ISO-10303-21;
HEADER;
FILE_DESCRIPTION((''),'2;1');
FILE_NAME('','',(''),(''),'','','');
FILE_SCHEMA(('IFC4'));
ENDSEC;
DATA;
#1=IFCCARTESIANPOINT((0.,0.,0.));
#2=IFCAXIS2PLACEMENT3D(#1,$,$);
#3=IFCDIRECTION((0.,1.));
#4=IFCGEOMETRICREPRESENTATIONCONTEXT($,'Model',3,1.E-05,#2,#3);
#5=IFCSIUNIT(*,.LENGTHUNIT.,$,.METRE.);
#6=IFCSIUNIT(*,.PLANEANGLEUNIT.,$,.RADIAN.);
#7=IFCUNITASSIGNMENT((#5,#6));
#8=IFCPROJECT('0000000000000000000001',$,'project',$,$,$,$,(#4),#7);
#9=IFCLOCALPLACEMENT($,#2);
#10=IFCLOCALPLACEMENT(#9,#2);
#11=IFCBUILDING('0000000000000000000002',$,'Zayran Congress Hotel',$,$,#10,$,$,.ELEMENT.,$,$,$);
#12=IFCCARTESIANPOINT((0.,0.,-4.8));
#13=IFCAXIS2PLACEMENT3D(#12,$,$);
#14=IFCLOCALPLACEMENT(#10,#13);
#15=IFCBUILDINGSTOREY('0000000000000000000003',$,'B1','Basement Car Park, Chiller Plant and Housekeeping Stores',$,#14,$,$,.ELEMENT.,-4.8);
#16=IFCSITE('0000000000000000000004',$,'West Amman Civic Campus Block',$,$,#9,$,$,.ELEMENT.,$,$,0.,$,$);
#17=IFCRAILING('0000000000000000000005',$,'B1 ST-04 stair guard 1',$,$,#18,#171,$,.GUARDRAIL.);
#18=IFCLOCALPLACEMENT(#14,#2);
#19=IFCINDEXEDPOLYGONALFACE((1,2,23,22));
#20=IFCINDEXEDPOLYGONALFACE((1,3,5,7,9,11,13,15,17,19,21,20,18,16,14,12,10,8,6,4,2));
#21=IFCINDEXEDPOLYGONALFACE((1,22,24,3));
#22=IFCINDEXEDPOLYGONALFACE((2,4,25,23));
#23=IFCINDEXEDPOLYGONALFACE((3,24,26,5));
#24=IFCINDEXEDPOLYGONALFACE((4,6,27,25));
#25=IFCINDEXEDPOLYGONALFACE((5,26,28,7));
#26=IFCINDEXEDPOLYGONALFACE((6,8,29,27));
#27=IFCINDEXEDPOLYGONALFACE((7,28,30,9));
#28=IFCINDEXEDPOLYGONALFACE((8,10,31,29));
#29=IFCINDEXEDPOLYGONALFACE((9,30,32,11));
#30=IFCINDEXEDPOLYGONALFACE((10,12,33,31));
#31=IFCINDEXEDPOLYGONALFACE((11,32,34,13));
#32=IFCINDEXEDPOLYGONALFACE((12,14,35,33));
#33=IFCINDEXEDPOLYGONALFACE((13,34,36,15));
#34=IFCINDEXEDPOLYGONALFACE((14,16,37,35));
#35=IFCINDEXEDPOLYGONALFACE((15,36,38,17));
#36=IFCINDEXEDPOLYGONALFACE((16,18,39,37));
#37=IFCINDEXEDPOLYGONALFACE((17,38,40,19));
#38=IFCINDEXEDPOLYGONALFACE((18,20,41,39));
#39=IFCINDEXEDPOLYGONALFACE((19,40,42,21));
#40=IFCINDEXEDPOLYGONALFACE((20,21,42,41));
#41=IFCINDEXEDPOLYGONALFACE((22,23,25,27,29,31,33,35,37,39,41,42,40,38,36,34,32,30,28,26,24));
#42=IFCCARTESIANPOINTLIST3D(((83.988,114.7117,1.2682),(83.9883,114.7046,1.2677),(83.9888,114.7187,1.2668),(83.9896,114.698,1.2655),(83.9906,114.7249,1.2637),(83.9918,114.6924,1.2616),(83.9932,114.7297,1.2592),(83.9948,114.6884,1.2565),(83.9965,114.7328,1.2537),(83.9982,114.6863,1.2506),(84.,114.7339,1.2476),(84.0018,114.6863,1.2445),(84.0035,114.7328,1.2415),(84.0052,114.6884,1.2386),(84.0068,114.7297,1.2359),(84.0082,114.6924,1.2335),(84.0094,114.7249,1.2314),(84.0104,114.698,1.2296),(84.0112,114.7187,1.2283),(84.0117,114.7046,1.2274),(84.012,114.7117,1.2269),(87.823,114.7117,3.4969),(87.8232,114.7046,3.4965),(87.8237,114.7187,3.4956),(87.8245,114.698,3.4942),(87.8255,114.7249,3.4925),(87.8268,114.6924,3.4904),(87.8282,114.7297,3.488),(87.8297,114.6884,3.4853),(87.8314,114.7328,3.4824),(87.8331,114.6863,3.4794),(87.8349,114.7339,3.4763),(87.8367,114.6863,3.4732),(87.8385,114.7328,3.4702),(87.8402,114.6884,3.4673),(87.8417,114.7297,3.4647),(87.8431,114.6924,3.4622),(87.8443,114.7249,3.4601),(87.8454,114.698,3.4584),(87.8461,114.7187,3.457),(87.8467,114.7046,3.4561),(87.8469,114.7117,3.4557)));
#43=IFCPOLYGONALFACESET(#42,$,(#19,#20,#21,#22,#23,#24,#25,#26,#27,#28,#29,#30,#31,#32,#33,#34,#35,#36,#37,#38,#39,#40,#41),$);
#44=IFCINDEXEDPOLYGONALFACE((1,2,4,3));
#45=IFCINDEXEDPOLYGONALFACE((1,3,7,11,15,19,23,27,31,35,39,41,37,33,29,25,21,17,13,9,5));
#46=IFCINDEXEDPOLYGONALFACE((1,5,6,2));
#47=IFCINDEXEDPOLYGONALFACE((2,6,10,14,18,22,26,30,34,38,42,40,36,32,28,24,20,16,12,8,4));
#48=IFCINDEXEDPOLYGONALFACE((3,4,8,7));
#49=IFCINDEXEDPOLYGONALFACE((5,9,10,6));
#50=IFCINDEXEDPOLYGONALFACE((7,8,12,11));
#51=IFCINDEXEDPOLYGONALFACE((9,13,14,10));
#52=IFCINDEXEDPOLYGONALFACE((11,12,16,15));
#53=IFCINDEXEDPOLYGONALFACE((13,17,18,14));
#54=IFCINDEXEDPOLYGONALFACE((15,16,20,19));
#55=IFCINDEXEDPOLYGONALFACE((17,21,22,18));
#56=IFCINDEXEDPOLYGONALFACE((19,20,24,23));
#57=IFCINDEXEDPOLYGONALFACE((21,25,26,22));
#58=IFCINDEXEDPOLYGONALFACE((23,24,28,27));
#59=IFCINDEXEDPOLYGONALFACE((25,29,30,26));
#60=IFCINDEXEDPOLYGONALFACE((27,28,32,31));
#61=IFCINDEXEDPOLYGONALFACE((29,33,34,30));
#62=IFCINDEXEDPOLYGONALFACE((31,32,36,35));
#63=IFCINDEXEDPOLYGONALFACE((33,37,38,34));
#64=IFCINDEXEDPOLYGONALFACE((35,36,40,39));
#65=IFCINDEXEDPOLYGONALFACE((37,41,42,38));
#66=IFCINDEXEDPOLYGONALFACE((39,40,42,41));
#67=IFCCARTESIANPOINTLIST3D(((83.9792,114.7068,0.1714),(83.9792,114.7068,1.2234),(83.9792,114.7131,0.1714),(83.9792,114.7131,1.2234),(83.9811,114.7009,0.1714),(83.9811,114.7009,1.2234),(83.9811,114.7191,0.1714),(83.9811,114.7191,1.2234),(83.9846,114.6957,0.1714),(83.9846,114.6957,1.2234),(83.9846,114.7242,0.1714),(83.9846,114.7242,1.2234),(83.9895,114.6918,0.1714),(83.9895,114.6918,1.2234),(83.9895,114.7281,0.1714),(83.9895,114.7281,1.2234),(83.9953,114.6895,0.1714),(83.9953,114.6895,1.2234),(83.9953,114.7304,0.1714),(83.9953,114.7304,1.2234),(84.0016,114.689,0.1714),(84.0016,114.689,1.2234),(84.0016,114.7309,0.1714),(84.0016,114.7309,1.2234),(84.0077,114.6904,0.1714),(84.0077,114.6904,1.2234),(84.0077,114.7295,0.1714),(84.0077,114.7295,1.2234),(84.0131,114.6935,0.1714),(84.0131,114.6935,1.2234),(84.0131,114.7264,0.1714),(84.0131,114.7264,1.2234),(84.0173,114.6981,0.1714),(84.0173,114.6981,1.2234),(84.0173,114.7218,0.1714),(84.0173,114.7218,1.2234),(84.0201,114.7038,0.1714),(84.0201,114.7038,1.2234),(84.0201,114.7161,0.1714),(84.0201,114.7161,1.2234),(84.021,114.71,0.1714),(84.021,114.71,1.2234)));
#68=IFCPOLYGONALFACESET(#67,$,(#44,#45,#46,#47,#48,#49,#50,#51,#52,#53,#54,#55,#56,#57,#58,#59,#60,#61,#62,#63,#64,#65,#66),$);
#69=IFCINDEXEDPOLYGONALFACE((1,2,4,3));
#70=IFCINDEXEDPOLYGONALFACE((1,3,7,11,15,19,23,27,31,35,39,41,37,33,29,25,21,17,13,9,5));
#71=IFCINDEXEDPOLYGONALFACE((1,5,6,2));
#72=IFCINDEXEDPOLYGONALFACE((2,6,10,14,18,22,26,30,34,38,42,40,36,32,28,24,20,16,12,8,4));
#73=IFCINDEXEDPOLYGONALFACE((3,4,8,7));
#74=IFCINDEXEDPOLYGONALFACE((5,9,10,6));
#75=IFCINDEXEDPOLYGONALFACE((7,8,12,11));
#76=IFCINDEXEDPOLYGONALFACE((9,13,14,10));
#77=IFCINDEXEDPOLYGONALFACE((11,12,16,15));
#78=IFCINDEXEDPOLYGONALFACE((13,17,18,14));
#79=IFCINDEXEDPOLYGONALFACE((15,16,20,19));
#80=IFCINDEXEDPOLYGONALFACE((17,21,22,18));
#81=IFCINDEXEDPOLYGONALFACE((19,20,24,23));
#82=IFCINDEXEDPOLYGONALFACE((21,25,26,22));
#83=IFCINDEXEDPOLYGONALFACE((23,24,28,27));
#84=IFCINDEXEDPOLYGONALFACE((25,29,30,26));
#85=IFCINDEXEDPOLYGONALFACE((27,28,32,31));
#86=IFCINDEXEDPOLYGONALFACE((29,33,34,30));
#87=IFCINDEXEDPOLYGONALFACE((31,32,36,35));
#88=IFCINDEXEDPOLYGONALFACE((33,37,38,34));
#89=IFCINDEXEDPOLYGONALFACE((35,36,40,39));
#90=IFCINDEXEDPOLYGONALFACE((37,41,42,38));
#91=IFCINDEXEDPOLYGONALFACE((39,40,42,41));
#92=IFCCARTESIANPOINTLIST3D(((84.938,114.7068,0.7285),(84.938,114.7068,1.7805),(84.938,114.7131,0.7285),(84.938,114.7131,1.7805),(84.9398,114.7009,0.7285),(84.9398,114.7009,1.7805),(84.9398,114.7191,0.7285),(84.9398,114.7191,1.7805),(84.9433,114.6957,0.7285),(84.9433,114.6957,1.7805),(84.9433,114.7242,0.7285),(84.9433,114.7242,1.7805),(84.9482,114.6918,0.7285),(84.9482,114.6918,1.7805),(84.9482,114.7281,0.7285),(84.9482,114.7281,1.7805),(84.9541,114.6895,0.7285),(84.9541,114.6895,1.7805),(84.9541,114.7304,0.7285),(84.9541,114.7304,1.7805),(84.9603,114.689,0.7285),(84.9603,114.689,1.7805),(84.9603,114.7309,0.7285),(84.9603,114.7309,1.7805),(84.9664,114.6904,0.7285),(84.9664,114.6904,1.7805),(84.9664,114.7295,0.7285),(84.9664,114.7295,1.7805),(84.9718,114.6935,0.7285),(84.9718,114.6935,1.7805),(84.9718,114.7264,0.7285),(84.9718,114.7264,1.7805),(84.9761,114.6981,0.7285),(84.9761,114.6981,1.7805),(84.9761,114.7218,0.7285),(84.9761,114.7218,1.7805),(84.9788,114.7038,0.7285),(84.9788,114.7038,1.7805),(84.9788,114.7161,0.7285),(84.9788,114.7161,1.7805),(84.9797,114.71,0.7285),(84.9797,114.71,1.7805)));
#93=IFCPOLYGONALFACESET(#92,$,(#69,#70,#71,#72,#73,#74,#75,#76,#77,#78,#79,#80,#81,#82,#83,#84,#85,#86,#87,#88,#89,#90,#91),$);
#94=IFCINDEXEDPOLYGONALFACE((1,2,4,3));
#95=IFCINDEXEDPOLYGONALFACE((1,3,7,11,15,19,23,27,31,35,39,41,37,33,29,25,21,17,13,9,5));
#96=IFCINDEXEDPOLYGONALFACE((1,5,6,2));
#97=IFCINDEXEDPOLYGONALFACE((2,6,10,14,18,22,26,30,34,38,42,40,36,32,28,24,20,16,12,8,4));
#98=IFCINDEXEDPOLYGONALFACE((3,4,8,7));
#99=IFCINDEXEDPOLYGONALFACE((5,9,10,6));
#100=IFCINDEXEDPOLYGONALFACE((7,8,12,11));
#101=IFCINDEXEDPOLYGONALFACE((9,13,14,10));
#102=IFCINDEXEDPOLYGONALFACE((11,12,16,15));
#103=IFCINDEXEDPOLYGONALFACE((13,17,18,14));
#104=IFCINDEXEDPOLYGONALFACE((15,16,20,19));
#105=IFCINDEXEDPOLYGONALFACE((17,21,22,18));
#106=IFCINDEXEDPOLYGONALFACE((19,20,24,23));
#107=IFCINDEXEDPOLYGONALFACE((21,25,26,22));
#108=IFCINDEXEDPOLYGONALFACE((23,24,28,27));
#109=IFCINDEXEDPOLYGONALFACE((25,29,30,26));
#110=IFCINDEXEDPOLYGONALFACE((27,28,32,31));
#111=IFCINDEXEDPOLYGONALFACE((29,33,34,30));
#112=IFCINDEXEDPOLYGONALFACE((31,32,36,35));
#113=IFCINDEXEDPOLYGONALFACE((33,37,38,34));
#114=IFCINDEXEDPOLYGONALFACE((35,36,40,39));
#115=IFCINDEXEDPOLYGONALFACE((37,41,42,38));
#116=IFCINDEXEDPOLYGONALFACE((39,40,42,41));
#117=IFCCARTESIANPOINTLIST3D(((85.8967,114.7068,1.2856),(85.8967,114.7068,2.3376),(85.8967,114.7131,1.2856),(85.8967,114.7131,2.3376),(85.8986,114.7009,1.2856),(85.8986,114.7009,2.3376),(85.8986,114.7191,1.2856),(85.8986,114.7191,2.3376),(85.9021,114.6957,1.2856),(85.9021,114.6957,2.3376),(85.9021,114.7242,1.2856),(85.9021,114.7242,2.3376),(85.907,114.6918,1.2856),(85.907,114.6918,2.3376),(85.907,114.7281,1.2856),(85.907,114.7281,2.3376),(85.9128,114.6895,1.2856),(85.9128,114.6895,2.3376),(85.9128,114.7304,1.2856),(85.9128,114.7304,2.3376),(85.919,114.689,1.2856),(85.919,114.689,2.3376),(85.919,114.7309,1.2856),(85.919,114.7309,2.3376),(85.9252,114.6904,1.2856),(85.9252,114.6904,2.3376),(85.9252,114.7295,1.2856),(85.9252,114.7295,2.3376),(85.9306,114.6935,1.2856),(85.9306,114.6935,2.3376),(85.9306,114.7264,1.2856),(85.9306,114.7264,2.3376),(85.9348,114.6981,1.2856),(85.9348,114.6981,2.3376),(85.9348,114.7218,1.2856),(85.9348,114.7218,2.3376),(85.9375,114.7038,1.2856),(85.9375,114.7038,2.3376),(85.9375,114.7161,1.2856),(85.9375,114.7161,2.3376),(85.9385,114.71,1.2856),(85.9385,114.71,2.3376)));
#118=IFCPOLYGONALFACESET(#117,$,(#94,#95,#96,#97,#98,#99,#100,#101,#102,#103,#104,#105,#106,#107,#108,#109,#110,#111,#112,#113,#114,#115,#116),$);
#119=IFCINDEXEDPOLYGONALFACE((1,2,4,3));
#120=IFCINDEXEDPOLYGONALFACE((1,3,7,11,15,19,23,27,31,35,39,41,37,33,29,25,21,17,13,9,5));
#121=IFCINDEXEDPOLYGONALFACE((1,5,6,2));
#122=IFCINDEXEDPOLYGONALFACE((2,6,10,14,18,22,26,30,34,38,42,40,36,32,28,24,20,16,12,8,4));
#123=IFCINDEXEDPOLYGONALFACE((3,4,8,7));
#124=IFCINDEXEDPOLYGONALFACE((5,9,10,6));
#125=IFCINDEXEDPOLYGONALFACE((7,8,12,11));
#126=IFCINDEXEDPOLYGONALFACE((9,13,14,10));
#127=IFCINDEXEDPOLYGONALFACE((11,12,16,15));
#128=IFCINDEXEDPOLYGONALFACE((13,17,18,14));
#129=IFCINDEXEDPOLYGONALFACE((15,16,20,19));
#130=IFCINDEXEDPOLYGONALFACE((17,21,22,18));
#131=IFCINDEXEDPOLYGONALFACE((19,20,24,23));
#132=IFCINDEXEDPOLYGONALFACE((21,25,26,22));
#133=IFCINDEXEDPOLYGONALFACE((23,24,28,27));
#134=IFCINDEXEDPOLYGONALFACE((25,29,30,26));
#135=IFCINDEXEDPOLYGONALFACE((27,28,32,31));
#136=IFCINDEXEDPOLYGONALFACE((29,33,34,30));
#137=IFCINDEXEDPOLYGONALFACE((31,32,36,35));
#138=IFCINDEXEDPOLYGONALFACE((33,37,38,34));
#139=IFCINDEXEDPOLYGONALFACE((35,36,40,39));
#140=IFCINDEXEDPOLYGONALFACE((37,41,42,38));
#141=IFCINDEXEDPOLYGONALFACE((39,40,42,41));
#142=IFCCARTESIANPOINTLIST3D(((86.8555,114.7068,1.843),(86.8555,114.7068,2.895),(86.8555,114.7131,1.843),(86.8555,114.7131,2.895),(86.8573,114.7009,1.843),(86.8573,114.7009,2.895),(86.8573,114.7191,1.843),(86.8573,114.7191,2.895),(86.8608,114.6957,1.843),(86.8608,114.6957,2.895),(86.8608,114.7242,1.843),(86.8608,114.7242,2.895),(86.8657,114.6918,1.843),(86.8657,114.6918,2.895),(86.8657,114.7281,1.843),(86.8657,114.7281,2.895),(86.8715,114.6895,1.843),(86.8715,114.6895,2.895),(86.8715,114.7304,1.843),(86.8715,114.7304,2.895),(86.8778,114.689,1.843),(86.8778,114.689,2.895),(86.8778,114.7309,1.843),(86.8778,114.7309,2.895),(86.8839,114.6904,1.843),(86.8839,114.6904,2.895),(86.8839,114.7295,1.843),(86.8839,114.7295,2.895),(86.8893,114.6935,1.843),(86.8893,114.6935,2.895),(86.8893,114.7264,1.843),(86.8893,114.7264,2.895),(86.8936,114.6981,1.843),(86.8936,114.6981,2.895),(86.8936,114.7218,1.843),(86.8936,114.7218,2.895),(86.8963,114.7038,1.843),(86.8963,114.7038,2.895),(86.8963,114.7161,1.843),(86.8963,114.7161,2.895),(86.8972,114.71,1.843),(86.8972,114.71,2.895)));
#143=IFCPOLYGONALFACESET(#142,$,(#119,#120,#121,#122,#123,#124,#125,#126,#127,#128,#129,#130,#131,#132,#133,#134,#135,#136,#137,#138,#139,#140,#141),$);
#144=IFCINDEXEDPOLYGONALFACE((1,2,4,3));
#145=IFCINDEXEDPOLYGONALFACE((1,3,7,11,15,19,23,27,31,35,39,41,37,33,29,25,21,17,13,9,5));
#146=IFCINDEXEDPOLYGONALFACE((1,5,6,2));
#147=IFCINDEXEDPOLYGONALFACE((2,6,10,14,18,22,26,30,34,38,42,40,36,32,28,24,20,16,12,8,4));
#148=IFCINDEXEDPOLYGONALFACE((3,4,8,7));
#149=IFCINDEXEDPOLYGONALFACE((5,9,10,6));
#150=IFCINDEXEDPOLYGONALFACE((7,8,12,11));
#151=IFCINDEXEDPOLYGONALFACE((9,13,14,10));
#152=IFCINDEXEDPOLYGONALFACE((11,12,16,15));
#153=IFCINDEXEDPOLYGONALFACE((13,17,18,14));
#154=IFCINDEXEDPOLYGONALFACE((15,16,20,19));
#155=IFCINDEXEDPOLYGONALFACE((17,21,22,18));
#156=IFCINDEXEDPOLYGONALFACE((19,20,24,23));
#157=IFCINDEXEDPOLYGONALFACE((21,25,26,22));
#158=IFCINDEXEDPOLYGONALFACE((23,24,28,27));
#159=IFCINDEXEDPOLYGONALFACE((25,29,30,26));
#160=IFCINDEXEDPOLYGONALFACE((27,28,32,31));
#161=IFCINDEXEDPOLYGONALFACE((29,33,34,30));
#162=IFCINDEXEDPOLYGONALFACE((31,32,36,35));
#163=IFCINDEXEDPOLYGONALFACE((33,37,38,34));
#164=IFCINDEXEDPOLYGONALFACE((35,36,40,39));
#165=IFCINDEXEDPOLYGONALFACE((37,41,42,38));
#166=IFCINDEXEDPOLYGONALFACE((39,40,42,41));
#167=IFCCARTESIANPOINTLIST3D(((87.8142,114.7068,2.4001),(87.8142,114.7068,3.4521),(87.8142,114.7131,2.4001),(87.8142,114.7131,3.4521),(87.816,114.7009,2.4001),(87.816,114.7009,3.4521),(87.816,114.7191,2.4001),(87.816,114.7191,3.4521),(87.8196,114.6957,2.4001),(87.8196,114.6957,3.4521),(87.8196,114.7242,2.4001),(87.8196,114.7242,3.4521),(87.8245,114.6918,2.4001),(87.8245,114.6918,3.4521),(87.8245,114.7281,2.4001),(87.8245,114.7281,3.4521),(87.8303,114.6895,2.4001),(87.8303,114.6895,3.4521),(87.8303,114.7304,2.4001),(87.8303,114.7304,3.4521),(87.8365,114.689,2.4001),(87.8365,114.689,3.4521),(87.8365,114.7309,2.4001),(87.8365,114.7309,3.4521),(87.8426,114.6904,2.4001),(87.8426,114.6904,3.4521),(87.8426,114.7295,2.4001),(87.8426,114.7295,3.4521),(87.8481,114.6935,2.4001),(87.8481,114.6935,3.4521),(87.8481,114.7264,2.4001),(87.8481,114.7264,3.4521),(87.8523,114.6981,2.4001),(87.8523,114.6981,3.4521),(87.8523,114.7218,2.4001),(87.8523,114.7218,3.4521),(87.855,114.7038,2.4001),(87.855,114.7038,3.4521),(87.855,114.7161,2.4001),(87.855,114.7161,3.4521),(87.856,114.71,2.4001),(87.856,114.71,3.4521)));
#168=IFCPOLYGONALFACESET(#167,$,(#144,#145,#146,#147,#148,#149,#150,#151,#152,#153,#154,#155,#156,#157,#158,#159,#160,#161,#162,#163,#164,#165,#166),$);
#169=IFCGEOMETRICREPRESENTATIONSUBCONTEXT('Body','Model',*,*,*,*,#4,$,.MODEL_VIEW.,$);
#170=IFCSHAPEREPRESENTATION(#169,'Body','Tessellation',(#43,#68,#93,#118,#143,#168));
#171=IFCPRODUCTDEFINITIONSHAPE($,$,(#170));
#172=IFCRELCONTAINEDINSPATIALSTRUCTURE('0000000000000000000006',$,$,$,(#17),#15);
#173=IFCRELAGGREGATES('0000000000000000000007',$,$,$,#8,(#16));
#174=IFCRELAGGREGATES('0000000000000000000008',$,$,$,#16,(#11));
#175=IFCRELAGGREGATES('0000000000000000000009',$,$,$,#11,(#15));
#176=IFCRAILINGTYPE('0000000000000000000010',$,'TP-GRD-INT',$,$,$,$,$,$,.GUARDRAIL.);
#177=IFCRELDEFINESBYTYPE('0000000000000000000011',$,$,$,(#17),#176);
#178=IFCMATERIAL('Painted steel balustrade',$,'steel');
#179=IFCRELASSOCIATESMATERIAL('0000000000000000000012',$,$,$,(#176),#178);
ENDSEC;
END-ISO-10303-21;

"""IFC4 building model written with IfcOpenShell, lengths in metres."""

from ifc_helpers import new_model, si_unit, direction, frame, origin, origin_2d, place, context, subcontext, project, spatial, circle, extrude, material, type_object, element, save


model = new_model("IFC4")

# Units and contexts
model_context = context("Model", 3, precision=1e-05, world=origin(), true_north=direction((0.0, 1.0)))
body_context = subcontext(model_context, "Body", "Model", "MODEL_VIEW")
ifc_project = project(units=[si_unit("LENGTHUNIT", "METRE"), si_unit("PLANEANGLEUNIT", "RADIAN")], contexts=[model_context])

# Site, building, storey
site_placement = place(None, origin())
site = spatial("IfcSite", under=ifc_project, at=site_placement, Name="West Amman Civic Campus Block", CompositionType="ELEMENT", RefElevation=0.0)
building_placement = place(site_placement, origin())
building = spatial("IfcBuilding", under=site, at=building_placement, Name="Zayran Congress Hotel", CompositionType="ELEMENT")
storey_placement = place(building_placement, frame((0.0, 0.0, -4.8)))
storey = spatial("IfcBuildingStorey", under=building, at=storey_placement, Name="B1", Description="Basement Car Park, Chiller Plant and Housekeeping Stores", CompositionType="ELEMENT", Elevation=-4.8)

# Railing
ifc_material_1 = material(Name="Painted steel balustrade", Category="steel")
railing_type_1 = type_object("IfcRailingType", Name="TP-GRD-INT", PredefinedType="GUARDRAIL", material=ifc_material_1)
railing_1_placement = place(storey_placement, frame((84.0, 114.71, 0.1714)))
element("IfcRailing", 1, at=railing_1_placement, inside=storey, type_object=railing_type_1, Name="B1 ST-04 stair guard 1", PredefinedType="GUARDRAIL", context=body_context, shape_type="SweptSolid", body=[
    extrude(circle(Radius=0.0239, at=origin_2d()), frame((0.0, 0.0, 1.0762), z_axis=(0.864592, 0.0, 0.502474), x_axis=(0.0, 1.0, 0.0)), (0.0, 0.0, 1.0), 4.4355),
    extrude(circle(Radius=0.021, at=origin_2d()), origin(), (0.0, 0.0, 1.0), 1.052),
    extrude(circle(Radius=0.021, at=origin_2d()), frame((0.9587, 0.0, 0.5571)), (0.0, 0.0, 1.0), 1.052),
    extrude(circle(Radius=0.021, at=origin_2d()), frame((1.9175, 0.0, 1.1143)), (0.0, 0.0, 1.0), 1.052),
    extrude(circle(Radius=0.021, at=origin_2d()), frame((2.8762, 0.0, 1.6716)), (0.0, 0.0, 1.0), 1.052),
    extrude(circle(Radius=0.021, at=origin_2d()), frame((3.835, 0.0, 2.2288)), (0.0, 0.0, 1.0), 1.052),
])

save(model, "model.ifc")
